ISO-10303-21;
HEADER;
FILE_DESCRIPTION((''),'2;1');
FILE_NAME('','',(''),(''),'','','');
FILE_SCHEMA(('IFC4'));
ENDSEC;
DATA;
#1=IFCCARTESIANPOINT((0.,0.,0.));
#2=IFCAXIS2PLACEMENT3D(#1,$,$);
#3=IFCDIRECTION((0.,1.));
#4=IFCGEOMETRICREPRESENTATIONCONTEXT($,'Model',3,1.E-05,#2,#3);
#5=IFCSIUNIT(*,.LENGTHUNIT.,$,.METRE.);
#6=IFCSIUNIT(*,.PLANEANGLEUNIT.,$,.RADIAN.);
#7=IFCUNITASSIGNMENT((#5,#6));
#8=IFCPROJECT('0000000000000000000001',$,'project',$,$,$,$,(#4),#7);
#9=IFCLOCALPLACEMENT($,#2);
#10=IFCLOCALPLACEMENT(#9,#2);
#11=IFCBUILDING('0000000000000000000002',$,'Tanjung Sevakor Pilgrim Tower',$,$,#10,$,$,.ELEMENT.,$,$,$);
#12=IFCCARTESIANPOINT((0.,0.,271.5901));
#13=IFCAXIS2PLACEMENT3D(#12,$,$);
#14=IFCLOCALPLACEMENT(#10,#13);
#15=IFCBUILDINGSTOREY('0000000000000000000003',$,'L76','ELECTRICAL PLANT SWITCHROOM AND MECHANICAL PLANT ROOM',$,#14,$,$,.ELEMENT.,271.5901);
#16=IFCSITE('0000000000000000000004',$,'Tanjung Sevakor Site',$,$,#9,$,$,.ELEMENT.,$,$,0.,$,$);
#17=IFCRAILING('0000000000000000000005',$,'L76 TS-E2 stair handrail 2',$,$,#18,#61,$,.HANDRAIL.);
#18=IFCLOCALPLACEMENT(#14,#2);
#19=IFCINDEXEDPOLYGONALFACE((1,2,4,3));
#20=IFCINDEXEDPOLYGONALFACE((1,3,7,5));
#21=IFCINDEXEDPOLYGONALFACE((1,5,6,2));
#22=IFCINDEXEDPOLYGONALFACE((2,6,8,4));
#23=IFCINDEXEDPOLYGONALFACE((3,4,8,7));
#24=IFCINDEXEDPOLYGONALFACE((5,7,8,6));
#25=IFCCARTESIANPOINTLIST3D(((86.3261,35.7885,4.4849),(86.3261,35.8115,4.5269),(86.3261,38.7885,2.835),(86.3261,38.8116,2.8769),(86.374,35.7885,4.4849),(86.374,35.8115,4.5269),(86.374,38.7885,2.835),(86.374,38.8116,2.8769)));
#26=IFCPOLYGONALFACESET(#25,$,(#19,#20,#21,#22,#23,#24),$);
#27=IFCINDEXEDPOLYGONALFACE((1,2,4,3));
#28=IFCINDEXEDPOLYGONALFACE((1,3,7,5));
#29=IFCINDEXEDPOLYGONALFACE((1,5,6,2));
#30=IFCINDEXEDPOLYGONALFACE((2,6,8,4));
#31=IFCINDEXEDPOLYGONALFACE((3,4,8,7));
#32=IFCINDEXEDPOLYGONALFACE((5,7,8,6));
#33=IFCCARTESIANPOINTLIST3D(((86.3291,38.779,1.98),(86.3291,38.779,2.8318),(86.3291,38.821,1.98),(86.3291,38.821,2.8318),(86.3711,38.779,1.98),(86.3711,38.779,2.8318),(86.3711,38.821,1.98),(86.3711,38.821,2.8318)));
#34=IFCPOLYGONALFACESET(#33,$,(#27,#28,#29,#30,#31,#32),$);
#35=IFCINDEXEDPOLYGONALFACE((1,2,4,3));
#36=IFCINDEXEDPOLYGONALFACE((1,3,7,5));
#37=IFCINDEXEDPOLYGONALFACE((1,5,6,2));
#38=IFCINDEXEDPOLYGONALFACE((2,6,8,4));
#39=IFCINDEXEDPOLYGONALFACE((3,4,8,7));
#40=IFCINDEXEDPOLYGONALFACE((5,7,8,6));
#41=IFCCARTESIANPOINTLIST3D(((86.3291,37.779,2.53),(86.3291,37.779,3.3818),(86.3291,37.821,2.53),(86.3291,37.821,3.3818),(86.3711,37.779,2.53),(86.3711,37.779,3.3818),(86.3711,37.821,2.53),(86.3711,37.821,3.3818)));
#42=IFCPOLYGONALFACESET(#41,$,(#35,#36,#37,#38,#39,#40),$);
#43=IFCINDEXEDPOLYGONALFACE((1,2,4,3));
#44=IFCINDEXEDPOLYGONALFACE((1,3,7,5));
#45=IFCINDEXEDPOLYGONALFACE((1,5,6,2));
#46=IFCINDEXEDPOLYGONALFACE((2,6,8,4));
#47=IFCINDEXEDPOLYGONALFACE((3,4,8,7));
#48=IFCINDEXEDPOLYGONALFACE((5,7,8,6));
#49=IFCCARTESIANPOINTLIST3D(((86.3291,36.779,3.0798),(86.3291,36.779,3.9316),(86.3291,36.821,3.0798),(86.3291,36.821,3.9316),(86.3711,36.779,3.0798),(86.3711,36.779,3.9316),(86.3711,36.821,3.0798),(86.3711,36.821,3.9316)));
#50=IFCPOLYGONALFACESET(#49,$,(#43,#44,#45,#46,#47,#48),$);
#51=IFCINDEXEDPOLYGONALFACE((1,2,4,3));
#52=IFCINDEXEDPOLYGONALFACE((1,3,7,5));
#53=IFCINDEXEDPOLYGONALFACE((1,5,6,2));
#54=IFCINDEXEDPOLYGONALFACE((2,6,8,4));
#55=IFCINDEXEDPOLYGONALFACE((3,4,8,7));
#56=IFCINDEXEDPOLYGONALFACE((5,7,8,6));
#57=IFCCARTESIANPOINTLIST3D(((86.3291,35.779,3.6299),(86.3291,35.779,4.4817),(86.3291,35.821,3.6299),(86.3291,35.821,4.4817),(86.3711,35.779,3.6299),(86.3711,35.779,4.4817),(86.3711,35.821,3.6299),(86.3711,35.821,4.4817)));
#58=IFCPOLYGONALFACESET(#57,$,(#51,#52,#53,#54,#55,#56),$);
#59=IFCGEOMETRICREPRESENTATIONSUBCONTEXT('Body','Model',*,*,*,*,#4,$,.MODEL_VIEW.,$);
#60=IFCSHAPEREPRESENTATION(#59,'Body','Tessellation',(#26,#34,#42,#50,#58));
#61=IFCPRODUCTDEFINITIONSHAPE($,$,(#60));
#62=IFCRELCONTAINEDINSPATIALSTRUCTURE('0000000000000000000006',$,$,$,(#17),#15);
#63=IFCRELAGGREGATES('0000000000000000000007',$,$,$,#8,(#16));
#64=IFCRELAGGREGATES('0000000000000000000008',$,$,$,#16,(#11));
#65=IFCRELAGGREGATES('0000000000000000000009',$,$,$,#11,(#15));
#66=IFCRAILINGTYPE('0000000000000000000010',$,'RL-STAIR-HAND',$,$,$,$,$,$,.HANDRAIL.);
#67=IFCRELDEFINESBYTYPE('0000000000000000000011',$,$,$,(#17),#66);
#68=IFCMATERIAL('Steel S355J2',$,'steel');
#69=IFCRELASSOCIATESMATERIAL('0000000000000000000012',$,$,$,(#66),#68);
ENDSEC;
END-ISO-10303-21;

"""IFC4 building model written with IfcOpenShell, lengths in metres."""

from ifc_helpers import new_model, si_unit, direction, frame, origin, place, context, subcontext, project, spatial, rectangle, extrude, material, type_object, element, save


model = new_model("IFC4")

# Units and contexts
model_context = context("Model", 3, precision=1e-05, world=origin(), true_north=direction((0.0, 1.0)))
body_context = subcontext(model_context, "Body", "Model", "MODEL_VIEW")
ifc_project = project(units=[si_unit("LENGTHUNIT", "METRE"), si_unit("PLANEANGLEUNIT", "RADIAN")], contexts=[model_context])

# Site, building, storey
site_placement = place(None, origin())
site = spatial("IfcSite", under=ifc_project, at=site_placement, Name="Tanjung Sevakor Site", CompositionType="ELEMENT", RefElevation=0.0)
building_placement = place(site_placement, origin())
building = spatial("IfcBuilding", under=site, at=building_placement, Name="Tanjung Sevakor Pilgrim Tower", CompositionType="ELEMENT")
storey_placement = place(building_placement, frame((0.0, 0.0, 271.5901)))
storey = spatial("IfcBuildingStorey", under=building, at=storey_placement, Name="L76", Description="ELECTRICAL PLANT SWITCHROOM AND MECHANICAL PLANT ROOM", CompositionType="ELEMENT", Elevation=271.5901)

# Railing
ifc_material_1 = material(Name="Steel S355J2", Category="steel")
railing_type_1 = type_object("IfcRailingType", Name="RL-STAIR-HAND", PredefinedType="HANDRAIL", material=ifc_material_1)
railing_1_placement = place(storey_placement, frame((86.3501, 38.8, 1.98)))
element("IfcRailing", 1, at=railing_1_placement, inside=storey, type_object=railing_type_1, Name="L76 TS-E2 stair handrail 2", PredefinedType="HANDRAIL", context=body_context, shape_type="SweptSolid", body=[
    extrude(rectangle(XDim=0.0479, YDim=0.0479), frame((0.0, 0.0, 0.876), z_axis=(0.0, -0.876228, 0.481897), x_axis=(1.0, 0.0, 0.0)), (0.0, 0.0, 1.0), 3.4238),
    extrude(rectangle(XDim=0.042, YDim=0.042), origin(), (0.0, 0.0, 1.0), 0.8518),
    extrude(rectangle(XDim=0.042, YDim=0.042), frame((0.0, -1.0, 0.55)), (0.0, 0.0, 1.0), 0.8518),
    extrude(rectangle(XDim=0.042, YDim=0.042), frame((0.0, -2.0, 1.0999)), (0.0, 0.0, 1.0), 0.8518),
    extrude(rectangle(XDim=0.042, YDim=0.042), frame((0.0, -3.0, 1.6499)), (0.0, 0.0, 1.0), 0.8518),
])

save(model, "model.ifc")
